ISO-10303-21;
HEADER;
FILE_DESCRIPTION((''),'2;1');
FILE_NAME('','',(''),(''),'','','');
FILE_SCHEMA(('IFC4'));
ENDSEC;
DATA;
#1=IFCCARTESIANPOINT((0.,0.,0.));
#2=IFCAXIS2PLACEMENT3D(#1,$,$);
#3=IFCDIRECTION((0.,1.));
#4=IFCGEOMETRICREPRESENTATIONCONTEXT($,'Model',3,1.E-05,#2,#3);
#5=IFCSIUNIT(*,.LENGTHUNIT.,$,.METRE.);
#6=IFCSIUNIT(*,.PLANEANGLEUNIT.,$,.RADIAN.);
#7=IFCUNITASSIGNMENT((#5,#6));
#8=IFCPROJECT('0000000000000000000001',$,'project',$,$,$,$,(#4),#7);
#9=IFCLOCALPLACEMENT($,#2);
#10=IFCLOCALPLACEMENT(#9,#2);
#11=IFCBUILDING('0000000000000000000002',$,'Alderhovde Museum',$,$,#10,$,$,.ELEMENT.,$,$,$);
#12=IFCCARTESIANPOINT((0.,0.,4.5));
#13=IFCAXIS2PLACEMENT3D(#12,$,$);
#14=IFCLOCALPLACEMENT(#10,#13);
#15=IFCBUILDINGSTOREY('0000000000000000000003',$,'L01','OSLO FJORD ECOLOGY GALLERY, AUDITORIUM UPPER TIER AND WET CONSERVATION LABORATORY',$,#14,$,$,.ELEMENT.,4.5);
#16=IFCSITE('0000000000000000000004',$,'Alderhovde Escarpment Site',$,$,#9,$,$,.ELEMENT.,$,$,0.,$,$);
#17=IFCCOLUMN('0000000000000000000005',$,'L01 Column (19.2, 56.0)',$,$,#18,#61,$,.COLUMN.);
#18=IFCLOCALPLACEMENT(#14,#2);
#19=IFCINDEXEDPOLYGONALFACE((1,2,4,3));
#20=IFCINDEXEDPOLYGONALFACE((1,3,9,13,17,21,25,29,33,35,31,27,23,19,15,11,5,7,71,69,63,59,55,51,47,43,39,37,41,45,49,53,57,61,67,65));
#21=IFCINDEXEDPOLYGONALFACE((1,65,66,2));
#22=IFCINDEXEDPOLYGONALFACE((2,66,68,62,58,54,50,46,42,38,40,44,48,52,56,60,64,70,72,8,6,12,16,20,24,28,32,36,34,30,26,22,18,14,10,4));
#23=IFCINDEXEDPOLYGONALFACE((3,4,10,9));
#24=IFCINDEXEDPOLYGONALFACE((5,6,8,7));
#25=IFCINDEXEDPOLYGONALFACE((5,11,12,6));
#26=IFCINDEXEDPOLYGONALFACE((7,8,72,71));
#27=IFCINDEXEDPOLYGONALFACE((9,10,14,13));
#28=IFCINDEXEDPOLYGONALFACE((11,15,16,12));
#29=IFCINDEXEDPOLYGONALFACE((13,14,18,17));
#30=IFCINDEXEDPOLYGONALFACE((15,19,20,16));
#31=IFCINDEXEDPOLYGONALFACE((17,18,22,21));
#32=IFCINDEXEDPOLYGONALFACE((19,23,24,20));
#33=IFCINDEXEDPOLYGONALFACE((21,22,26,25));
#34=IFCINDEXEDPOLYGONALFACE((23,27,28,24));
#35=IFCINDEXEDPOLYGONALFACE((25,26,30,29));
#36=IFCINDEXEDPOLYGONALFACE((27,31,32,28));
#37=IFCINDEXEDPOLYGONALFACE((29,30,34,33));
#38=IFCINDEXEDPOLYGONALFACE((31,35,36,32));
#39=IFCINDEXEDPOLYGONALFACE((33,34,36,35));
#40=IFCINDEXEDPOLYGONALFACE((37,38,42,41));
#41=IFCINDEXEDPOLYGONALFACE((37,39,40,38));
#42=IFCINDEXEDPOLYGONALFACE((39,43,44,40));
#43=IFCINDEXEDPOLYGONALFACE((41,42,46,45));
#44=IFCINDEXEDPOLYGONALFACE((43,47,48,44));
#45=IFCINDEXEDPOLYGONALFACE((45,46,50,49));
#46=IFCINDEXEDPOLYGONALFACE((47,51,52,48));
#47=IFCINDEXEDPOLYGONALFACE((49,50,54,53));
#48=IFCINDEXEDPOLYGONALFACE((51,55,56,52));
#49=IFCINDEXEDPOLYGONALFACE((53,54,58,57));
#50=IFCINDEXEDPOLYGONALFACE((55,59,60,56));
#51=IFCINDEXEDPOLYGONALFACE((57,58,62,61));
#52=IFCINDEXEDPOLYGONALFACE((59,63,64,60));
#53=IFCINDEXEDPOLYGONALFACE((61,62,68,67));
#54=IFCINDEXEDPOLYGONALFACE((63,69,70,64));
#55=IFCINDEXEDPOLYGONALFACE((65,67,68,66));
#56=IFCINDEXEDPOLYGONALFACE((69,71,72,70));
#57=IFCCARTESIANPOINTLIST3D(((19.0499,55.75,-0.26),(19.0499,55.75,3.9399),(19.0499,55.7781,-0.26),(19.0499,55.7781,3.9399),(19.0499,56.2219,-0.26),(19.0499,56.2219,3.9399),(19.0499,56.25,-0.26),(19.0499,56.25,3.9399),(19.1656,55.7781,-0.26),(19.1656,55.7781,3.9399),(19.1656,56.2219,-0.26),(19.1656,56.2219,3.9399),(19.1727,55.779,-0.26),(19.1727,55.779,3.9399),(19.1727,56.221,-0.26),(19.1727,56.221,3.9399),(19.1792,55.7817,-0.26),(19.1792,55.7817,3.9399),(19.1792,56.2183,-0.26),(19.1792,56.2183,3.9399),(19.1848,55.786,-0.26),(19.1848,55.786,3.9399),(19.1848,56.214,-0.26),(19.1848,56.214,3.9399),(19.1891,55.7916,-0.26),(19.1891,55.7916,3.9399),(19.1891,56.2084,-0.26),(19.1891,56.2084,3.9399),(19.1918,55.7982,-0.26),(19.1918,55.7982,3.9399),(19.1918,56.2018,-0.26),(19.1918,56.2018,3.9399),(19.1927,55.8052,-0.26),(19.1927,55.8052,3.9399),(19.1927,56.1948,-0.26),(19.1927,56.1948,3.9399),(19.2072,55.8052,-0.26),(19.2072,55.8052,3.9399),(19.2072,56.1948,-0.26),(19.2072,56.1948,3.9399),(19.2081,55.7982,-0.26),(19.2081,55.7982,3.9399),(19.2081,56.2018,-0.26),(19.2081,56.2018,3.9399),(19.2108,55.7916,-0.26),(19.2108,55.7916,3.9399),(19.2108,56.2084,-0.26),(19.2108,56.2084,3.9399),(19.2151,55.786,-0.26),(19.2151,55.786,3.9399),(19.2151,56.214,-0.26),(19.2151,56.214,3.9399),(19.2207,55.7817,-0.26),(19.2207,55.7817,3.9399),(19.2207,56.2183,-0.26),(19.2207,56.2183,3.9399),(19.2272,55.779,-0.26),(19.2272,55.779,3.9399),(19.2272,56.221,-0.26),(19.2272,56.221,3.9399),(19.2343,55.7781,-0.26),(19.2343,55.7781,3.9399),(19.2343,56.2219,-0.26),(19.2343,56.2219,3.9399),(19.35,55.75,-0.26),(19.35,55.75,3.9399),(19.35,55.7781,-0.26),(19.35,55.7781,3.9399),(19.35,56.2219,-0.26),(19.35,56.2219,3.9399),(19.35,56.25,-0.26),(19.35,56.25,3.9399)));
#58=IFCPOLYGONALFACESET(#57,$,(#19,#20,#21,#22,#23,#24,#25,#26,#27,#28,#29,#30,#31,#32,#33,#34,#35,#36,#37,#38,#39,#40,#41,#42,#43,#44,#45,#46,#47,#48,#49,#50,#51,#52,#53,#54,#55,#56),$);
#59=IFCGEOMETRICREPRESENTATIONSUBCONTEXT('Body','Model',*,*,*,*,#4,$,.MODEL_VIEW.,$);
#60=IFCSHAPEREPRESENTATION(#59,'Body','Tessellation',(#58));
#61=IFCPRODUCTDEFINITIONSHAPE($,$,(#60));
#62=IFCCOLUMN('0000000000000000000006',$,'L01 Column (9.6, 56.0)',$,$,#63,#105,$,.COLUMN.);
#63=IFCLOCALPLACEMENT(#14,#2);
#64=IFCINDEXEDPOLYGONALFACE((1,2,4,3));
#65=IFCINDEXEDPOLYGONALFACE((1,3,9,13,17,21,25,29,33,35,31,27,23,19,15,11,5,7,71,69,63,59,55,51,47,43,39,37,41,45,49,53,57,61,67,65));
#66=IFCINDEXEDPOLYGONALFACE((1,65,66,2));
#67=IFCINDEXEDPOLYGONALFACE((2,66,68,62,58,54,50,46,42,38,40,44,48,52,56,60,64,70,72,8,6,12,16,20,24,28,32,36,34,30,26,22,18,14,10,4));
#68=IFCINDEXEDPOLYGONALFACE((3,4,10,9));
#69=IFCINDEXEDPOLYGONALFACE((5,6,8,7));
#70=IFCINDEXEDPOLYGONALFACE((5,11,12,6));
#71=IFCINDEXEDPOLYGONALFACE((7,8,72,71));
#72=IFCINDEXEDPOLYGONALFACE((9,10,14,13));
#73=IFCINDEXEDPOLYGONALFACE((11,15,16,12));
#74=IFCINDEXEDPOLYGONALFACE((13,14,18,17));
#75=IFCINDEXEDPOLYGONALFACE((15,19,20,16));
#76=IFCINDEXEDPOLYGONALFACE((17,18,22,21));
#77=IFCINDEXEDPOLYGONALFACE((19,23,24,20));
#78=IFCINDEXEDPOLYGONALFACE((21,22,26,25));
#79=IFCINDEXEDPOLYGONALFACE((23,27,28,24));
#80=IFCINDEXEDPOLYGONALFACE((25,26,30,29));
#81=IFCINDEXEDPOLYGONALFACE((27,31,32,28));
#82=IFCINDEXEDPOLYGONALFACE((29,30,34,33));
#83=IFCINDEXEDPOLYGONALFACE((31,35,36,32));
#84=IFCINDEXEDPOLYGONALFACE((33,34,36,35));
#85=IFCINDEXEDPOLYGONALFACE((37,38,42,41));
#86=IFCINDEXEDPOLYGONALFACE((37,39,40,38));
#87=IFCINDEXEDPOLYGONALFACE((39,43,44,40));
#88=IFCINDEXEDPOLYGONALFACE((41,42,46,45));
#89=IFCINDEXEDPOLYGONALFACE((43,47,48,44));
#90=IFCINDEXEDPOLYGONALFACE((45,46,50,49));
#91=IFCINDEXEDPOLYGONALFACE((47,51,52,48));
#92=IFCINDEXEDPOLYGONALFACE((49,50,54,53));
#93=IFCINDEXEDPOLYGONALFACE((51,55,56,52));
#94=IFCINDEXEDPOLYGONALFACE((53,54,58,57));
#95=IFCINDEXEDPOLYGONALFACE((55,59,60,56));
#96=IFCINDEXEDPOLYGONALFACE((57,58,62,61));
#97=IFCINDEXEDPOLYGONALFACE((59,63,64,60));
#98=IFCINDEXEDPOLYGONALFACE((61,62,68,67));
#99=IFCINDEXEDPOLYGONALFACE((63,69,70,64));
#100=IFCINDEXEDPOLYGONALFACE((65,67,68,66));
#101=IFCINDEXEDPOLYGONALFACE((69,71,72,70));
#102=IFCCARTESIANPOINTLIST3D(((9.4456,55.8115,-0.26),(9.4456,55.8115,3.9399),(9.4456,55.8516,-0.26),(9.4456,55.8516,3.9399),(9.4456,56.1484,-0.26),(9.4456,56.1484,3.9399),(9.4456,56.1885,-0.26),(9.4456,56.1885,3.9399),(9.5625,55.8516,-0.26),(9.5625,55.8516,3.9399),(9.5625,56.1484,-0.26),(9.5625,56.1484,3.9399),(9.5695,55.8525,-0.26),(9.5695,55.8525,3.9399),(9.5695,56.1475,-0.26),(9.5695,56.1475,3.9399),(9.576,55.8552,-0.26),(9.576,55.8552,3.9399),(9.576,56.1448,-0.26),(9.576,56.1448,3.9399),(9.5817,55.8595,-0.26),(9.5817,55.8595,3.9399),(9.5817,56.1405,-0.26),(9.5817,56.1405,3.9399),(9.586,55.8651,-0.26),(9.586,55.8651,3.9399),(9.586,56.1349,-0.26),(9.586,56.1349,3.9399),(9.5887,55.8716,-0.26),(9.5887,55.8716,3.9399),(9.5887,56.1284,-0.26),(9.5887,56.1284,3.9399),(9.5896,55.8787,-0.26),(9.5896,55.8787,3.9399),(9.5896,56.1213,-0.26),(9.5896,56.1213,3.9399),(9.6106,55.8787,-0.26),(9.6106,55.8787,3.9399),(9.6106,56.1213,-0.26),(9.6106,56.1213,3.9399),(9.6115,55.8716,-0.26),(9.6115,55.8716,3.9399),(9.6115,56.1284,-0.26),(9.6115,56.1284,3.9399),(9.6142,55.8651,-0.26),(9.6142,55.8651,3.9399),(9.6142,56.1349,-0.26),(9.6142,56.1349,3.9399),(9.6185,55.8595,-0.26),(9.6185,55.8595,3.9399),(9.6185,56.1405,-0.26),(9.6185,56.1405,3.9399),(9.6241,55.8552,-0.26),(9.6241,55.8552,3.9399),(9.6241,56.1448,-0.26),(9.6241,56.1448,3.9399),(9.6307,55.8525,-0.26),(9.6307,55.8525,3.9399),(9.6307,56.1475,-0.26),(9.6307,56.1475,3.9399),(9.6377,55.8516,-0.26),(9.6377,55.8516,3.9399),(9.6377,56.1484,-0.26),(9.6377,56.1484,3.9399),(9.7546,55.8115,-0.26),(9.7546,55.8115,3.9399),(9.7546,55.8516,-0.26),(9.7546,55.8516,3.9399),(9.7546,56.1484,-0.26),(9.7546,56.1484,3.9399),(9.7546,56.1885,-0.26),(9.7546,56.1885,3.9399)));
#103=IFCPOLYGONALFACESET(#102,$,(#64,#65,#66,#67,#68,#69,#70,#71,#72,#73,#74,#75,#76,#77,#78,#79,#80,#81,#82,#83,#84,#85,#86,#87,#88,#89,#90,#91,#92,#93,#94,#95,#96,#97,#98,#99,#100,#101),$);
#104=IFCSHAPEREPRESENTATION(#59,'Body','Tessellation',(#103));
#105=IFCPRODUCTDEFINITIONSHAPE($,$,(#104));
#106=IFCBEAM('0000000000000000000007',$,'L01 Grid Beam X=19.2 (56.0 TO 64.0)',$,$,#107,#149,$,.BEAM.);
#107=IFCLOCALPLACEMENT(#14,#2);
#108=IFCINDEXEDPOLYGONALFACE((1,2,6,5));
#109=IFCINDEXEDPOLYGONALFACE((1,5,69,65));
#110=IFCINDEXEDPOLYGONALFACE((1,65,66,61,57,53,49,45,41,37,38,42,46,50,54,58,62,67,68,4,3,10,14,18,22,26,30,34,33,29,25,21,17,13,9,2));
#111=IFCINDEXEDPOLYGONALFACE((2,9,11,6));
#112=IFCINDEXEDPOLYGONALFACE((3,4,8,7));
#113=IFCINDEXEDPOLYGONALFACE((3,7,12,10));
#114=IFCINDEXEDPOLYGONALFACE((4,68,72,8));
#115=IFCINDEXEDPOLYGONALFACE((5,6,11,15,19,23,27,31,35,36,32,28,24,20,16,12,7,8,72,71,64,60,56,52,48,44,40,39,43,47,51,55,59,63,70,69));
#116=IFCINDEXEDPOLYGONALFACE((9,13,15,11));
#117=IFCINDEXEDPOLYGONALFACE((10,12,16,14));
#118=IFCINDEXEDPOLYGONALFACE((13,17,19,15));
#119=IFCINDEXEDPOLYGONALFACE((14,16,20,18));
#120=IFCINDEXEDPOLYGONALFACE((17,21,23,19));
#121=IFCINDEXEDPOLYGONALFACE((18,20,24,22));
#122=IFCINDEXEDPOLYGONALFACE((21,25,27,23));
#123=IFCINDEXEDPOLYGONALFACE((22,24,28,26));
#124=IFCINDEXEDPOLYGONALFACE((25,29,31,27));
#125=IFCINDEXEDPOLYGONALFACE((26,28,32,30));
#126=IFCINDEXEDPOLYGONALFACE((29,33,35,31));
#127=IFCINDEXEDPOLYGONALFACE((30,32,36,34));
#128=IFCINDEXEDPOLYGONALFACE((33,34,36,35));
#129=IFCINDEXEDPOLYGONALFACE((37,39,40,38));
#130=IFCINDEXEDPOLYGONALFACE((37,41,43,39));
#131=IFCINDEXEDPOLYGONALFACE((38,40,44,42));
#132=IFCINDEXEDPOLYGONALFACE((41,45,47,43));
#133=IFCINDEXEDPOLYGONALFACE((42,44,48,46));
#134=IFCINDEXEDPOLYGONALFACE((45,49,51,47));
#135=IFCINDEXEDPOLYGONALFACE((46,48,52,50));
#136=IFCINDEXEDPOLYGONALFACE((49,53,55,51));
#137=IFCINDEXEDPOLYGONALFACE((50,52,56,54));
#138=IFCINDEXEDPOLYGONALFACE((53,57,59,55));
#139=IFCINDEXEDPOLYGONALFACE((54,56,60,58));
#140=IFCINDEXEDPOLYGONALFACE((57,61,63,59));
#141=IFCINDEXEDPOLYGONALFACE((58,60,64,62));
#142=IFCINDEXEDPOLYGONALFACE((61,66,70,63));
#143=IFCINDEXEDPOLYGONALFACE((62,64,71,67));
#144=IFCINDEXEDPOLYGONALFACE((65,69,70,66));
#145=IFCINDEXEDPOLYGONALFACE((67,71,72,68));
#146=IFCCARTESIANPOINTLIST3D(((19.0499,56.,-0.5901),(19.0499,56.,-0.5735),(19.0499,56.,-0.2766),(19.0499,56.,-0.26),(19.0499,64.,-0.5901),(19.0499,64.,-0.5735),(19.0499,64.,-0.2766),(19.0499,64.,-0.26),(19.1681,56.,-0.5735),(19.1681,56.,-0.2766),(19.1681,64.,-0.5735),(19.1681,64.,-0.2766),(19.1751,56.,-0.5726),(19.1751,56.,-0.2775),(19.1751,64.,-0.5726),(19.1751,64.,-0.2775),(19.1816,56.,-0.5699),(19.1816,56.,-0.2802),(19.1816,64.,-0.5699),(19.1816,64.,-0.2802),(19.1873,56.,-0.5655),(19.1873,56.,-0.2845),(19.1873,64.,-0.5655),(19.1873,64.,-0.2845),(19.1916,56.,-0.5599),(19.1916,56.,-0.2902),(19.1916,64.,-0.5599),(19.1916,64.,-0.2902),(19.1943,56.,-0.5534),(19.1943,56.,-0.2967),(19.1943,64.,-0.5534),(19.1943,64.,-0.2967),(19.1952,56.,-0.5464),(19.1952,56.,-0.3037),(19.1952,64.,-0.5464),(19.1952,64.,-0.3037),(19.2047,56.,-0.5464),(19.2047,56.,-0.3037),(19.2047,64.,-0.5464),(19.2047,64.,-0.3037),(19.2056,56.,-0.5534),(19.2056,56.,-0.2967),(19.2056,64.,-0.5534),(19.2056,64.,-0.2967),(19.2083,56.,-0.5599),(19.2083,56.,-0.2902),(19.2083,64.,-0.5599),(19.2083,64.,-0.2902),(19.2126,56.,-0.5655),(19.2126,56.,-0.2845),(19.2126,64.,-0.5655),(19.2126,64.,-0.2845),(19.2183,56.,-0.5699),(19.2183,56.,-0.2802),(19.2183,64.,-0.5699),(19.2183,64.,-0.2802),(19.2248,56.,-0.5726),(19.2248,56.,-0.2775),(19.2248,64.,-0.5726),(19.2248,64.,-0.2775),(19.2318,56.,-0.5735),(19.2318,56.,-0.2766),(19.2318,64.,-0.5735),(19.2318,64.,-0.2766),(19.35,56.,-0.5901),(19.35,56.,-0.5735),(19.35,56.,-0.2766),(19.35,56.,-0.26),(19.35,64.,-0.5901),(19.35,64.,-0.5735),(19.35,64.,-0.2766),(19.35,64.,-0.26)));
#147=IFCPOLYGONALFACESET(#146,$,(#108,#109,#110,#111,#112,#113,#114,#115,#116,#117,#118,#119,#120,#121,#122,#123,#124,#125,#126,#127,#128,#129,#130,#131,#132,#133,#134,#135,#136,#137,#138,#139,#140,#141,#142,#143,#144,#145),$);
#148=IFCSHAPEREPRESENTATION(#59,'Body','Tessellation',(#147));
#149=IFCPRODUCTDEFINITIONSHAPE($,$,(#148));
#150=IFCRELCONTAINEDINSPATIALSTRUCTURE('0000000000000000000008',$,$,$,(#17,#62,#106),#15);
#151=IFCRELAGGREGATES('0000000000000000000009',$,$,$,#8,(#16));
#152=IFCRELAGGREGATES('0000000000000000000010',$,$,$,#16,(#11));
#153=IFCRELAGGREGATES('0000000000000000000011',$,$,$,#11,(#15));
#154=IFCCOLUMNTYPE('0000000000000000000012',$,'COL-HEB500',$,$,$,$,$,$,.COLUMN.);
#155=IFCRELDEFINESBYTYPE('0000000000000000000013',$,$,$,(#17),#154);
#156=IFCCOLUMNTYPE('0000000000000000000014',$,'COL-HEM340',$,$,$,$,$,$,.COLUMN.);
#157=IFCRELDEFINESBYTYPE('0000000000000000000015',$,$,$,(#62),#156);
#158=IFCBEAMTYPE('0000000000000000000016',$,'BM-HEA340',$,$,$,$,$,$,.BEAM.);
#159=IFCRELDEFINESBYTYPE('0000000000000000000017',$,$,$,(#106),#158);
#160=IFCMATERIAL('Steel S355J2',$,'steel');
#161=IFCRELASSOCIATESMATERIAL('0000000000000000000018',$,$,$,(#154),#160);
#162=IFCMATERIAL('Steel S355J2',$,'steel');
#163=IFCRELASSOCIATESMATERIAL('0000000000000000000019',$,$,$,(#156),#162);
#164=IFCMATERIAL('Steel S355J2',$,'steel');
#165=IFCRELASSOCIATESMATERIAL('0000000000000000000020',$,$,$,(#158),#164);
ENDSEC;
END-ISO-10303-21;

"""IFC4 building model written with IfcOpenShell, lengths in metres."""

from ifc_helpers import new_model, si_unit, direction, frame, origin, origin_2d, place, context, subcontext, project, spatial, i_section, extrude, material, material_profile, profile_set, type_object, element, save


model = new_model("IFC4")

# Units and contexts
model_context = context("Model", 3, precision=1e-05, world=origin(), true_north=direction((0.0, 1.0)))
body_context = subcontext(model_context, "Body", "Model", "MODEL_VIEW")
ifc_project = project(units=[si_unit("LENGTHUNIT", "METRE"), si_unit("PLANEANGLEUNIT", "RADIAN")], contexts=[model_context])

# Site, building, storey
site_placement = place(None, origin())
site = spatial("IfcSite", under=ifc_project, at=site_placement, Name="Alderhovde Escarpment Site", CompositionType="ELEMENT", RefElevation=0.0)
building_placement = place(site_placement, origin())
building = spatial("IfcBuilding", under=site, at=building_placement, Name="Alderhovde Museum", CompositionType="ELEMENT")
storey_placement = place(building_placement, frame((0.0, 0.0, 4.5)))
storey = spatial("IfcBuildingStorey", under=building, at=storey_placement, Name="L01", Description="OSLO FJORD ECOLOGY GALLERY, AUDITORIUM UPPER TIER AND WET CONSERVATION LABORATORY", CompositionType="ELEMENT", Elevation=4.5)

# Columns
ifc_material_1 = material(Name="Steel S355J2", Category="steel")
ifc_material_profile_1 = material_profile(ifc_material_1, i_section(OverallWidth=0.3, OverallDepth=0.5, WebThickness=0.0144, FlangeThickness=0.0281, FilletRadius=0.0271, at=origin_2d()), Name="HEB 500")
ifc_profile_set_1 = profile_set([ifc_material_profile_1], Name="Steel S355J2")
column_type_1 = type_object("IfcColumnType", Name="COL-HEB500", PredefinedType="COLUMN", material=ifc_profile_set_1)
column_1_placement = place(storey_placement, frame((19.2, 56.0, -0.26), z_axis=(0.0, 0.0, 1.0), x_axis=(1.0, 0.0, 0.0)))
element("IfcColumn", 1, at=column_1_placement, inside=storey, type_object=column_type_1, Name="L01 Column (19.2, 56.0)", PredefinedType="COLUMN", context=body_context, shape_type="SweptSolid", body=[
    extrude(i_section(OverallWidth=0.3, OverallDepth=0.5, WebThickness=0.0144, FlangeThickness=0.0281, FilletRadius=0.0271, at=origin_2d()), origin(), (0.0, 0.0, 1.0), 4.2),
])
ifc_material_2 = material(Name="Steel S355J2", Category="steel")
ifc_material_profile_2 = material_profile(ifc_material_2, i_section(OverallWidth=0.3091, OverallDepth=0.377, WebThickness=0.021, FlangeThickness=0.04, FilletRadius=0.0271, at=origin_2d()), Name="HEM 340")
ifc_profile_set_2 = profile_set([ifc_material_profile_2], Name="Steel S355J2")
column_type_2 = type_object("IfcColumnType", Name="COL-HEM340", PredefinedType="COLUMN", material=ifc_profile_set_2)
column_2_placement = place(storey_placement, frame((9.6001, 56.0, -0.26), z_axis=(0.0, 0.0, 1.0), x_axis=(1.0, 0.0, 0.0)))
element("IfcColumn", 2, at=column_2_placement, inside=storey, type_object=column_type_2, Name="L01 Column (9.6, 56.0)", PredefinedType="COLUMN", context=body_context, shape_type="SweptSolid", body=[
    extrude(i_section(OverallWidth=0.3091, OverallDepth=0.377, WebThickness=0.021, FlangeThickness=0.04, FilletRadius=0.0271, at=origin_2d()), origin(), (0.0, 0.0, 1.0), 4.2),
])

# Beam
ifc_material_3 = material(Name="Steel S355J2", Category="steel")
ifc_material_profile_3 = material_profile(ifc_material_3, i_section(OverallWidth=0.3, OverallDepth=0.3301, WebThickness=0.0095, FlangeThickness=0.0166, FilletRadius=0.0271, at=origin_2d()), Name="HEA 340")
ifc_profile_set_3 = profile_set([ifc_material_profile_3], Name="Steel S355J2")
beam_type_1 = type_object("IfcBeamType", Name="BM-HEA340", PredefinedType="BEAM", material=ifc_profile_set_3)
beam_1_placement = place(storey_placement, frame((19.2, 56.0, -0.425), z_axis=(0.0, 1.0, 0.0), x_axis=(-1.0, 0.0, 0.0)))
element("IfcBeam", 3, at=beam_1_placement, inside=storey, type_object=beam_type_1, Name="L01 Grid Beam X=19.2 (56.0 TO 64.0)", PredefinedType="BEAM", context=body_context, shape_type="SweptSolid", body=[
    extrude(i_section(OverallWidth=0.3, OverallDepth=0.3301, WebThickness=0.0095, FlangeThickness=0.0166, FilletRadius=0.0271, at=origin_2d()), origin(), (0.0, 0.0, 1.0), 8.0),
])

save(model, "model.ifc")
